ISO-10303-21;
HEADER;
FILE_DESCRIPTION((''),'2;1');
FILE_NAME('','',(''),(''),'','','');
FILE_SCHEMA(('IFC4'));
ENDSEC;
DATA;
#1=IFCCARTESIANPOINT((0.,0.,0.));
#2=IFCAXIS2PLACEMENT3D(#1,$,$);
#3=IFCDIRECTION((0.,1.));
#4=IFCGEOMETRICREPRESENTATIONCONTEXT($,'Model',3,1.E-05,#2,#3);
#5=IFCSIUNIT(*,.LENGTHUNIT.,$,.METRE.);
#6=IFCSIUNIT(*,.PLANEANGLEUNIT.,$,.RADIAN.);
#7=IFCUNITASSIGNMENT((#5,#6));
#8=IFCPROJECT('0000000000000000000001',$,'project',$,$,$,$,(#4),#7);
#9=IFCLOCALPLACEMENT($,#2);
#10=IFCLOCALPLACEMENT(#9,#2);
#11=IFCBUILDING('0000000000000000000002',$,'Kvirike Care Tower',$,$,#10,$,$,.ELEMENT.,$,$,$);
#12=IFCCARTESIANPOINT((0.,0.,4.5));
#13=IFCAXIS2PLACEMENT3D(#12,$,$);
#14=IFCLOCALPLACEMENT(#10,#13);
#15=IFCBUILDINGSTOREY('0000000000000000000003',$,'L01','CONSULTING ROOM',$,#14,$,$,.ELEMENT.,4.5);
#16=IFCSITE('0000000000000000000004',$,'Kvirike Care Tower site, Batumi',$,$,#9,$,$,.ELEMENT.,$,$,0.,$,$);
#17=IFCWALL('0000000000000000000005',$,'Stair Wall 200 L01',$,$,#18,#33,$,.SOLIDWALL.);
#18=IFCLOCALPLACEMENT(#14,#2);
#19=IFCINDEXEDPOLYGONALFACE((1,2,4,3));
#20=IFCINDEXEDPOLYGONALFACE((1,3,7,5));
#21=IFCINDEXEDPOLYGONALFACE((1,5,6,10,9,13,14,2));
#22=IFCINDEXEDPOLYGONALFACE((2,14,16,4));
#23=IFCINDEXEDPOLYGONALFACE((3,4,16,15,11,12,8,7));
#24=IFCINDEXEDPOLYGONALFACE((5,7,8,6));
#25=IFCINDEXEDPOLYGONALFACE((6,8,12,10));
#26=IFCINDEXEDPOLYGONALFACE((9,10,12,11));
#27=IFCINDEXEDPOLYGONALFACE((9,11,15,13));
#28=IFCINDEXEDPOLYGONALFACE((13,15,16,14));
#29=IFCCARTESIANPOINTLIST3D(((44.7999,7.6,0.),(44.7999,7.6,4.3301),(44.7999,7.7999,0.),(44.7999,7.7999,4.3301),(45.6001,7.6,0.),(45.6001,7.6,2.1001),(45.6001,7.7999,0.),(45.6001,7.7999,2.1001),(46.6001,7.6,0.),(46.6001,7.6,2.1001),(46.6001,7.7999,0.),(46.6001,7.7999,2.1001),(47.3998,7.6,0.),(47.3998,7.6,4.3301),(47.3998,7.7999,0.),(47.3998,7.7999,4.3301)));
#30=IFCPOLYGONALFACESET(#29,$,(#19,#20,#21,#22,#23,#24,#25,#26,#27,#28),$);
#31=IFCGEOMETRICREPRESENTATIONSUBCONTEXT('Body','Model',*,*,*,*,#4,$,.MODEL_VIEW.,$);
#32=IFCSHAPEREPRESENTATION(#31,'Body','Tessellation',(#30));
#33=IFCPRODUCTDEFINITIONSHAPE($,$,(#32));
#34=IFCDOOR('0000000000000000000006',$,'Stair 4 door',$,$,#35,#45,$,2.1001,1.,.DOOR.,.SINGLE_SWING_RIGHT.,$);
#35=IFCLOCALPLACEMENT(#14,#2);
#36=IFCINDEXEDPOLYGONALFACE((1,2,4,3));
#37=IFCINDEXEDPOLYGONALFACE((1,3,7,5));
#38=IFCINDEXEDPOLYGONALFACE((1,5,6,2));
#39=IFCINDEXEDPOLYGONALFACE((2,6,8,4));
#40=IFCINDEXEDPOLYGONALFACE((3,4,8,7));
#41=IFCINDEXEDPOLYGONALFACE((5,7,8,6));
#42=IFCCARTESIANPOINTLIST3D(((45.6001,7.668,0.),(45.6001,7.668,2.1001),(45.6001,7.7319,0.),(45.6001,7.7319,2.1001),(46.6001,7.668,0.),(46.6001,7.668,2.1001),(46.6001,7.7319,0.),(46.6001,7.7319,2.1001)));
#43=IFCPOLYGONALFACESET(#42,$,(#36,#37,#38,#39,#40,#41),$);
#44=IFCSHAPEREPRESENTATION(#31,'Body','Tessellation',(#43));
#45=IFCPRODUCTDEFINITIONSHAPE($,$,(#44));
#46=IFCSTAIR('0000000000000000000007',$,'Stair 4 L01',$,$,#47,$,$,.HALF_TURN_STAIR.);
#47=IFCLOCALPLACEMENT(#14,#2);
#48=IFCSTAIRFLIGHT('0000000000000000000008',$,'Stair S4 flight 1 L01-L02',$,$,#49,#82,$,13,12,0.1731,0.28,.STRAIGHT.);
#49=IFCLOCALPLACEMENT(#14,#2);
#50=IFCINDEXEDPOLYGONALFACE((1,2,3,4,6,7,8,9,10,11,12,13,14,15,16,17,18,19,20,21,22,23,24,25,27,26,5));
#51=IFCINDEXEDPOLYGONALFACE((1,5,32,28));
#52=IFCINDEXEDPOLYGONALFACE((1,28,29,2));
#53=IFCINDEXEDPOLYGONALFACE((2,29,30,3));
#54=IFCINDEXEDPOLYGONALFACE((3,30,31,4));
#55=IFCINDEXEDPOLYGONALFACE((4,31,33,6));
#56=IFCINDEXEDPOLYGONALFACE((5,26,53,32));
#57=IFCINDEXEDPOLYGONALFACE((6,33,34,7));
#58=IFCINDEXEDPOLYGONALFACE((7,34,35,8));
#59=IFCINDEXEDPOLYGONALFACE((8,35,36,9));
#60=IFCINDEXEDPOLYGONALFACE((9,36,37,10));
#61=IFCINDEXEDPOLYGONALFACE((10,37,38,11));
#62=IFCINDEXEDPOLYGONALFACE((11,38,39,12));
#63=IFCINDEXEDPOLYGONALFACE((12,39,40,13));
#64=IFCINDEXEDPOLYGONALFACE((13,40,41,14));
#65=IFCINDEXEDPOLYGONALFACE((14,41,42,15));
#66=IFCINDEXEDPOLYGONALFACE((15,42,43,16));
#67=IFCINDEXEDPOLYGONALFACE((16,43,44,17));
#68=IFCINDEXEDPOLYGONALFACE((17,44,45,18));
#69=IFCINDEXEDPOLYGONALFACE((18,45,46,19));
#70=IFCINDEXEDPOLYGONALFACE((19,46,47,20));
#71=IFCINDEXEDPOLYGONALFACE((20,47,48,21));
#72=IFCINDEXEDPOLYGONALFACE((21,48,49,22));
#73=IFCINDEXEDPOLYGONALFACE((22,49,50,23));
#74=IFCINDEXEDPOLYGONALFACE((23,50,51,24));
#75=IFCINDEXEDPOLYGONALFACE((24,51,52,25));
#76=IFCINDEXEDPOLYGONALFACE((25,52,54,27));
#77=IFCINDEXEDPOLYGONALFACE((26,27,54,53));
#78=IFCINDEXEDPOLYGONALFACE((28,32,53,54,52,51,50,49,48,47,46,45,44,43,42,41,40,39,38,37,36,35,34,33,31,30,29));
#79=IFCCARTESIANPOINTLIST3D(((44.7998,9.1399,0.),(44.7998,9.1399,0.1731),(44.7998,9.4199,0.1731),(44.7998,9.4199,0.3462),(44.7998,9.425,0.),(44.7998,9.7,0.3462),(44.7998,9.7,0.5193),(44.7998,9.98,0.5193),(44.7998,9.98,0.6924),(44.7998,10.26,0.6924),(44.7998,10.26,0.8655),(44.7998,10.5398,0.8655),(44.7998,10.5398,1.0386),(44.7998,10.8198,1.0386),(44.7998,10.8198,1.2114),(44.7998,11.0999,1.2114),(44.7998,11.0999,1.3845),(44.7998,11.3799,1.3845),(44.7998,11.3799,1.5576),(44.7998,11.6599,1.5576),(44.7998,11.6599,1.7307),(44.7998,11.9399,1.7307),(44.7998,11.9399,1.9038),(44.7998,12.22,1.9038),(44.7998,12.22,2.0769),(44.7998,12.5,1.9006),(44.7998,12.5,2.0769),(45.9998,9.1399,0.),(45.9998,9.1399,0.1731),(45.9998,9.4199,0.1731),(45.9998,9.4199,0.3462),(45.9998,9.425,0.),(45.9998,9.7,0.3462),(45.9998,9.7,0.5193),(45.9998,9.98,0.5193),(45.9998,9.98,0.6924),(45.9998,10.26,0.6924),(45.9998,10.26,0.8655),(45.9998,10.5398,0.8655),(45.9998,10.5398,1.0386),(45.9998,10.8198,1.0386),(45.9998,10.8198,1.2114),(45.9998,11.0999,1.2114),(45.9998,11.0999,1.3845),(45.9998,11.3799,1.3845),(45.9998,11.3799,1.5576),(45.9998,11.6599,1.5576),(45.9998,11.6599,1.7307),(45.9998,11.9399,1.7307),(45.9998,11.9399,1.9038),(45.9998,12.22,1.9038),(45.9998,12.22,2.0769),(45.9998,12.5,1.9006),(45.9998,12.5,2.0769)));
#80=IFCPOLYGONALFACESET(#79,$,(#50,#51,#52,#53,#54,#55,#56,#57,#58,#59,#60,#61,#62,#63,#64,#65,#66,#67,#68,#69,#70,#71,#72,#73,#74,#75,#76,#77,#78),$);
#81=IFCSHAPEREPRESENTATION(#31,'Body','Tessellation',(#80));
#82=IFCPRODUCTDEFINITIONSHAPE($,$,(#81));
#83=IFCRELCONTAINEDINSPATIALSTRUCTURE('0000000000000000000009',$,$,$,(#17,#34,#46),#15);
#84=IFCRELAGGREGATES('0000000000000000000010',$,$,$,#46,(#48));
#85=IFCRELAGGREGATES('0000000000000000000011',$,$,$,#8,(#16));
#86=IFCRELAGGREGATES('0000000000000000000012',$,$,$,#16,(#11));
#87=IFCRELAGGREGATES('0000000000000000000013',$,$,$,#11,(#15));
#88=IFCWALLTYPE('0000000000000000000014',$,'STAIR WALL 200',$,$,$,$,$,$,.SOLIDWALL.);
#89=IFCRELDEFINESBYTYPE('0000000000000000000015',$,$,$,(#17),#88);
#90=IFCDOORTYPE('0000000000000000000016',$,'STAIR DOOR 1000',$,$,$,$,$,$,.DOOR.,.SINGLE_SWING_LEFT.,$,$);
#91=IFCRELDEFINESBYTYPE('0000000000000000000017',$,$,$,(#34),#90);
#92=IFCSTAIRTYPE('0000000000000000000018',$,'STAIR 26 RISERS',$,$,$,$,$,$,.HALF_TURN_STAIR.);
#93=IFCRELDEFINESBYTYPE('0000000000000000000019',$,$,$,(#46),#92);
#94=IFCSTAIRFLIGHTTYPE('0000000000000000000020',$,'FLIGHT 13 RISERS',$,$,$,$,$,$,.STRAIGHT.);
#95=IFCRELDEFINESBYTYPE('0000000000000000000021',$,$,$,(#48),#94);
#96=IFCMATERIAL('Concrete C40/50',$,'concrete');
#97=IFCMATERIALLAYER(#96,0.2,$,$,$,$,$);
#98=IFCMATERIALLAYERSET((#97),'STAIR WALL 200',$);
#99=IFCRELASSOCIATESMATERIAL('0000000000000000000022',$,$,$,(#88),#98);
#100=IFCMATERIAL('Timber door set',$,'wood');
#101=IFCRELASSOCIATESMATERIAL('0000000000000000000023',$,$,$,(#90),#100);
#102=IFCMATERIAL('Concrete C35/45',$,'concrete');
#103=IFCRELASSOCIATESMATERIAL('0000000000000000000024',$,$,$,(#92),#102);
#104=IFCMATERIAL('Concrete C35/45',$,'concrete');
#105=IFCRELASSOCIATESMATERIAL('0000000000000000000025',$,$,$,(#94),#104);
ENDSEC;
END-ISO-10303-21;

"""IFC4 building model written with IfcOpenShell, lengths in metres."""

from ifc_helpers import new_model, si_unit, direction, frame, frame_2d, origin, place, context, subcontext, project, spatial, polyline, rectangle, outline, extrude, material, layer, layer_set, type_object, element, fill, aggregate, save


model = new_model("IFC4")

# Units and contexts
model_context = context("Model", 3, precision=1e-05, world=origin(), true_north=direction((0.0, 1.0)))
body_context = subcontext(model_context, "Body", "Model", "MODEL_VIEW")
ifc_project = project(units=[si_unit("LENGTHUNIT", "METRE"), si_unit("PLANEANGLEUNIT", "RADIAN")], contexts=[model_context])

# Site, building, storey
site_placement = place(None, origin())
site = spatial("IfcSite", under=ifc_project, at=site_placement, Name="Kvirike Care Tower site, Batumi", CompositionType="ELEMENT", RefElevation=0.0)
building_placement = place(site_placement, origin())
building = spatial("IfcBuilding", under=site, at=building_placement, Name="Kvirike Care Tower", CompositionType="ELEMENT")
storey_placement = place(building_placement, frame((0.0, 0.0, 4.5)))
storey = spatial("IfcBuildingStorey", under=building, at=storey_placement, Name="L01", Description="CONSULTING ROOM", CompositionType="ELEMENT", Elevation=4.5)

# Wall, opening, door
ifc_material_1 = material(Name="Concrete C40/50", Category="concrete")
ifc_layer_1 = layer(ifc_material_1, 0.2)
ifc_layer_set_1 = layer_set([ifc_layer_1], Name="STAIR WALL 200")
wall_type = type_object("IfcWallType", Name="STAIR WALL 200", PredefinedType="SOLIDWALL", material=ifc_layer_set_1)
wall_placement = place(storey_placement, frame((44.8, 7.7, 0.0), z_axis=(0.0, 0.0, 1.0), x_axis=(1.0, 0.0, 0.0)))
wall = element("IfcWall", 1, at=wall_placement, inside=storey, type_object=wall_type, Name="Stair Wall 200 L01", PredefinedType="SOLIDWALL", context=body_context, shape_type="SweptSolid", body=[
    extrude(rectangle(XDim=2.5999, YDim=0.2, at=frame_2d((1.2998, 0.0))), origin(), (0.0, 0.0, 1.0), 4.3301),
])
opening_placement = place(wall_placement, frame((0.8, 0.0, 0.0)))
opening = element("IfcOpeningElement", 2, at=opening_placement, cuts=wall, PredefinedType="OPENING", context=body_context, shape_type="SweptSolid", body=[
    extrude(rectangle(XDim=1.0, YDim=2.1001, at=frame_2d((0.5, 1.05))), frame((0.0, 0.1106, 0.0), z_axis=(0.0, -1.0, 0.0), x_axis=(1.0, 0.0, 0.0)), (0.0, 0.0, 1.0), 0.2209),
])
ifc_material_2 = material(Name="Timber door set", Category="wood")
door_type = type_object("IfcDoorType", Name="STAIR DOOR 1000", OperationType="SINGLE_SWING_LEFT", PredefinedType="DOOR", material=ifc_material_2)
door_placement = place(opening_placement, origin())
door = element("IfcDoor", 3, at=door_placement, inside=storey, type_object=door_type, Name="Stair 4 door", OperationType="SINGLE_SWING_RIGHT", OverallHeight=2.1001, OverallWidth=1.0, PredefinedType="DOOR", context=body_context, shape_type="SweptSolid", body=[
    extrude(rectangle(XDim=1.0, YDim=2.1001, at=frame_2d((0.5, 1.05))), frame((0.0, 0.032, 0.0), z_axis=(0.0, -1.0, 0.0), x_axis=(1.0, 0.0, 0.0)), (0.0, 0.0, 1.0), 0.064),
])
fill(opening, door)

# Stair, stair flight
ifc_material_3 = material(Name="Concrete C35/45", Category="concrete")
stair_type = type_object("IfcStairType", Name="STAIR 26 RISERS", PredefinedType="HALF_TURN_STAIR", material=ifc_material_3)
stair_placement = place(storey_placement, origin())
stair = element("IfcStair", 4, at=stair_placement, inside=storey, type_object=stair_type, Name="Stair 4 L01", PredefinedType="HALF_TURN_STAIR")
ifc_material_4 = material(Name="Concrete C35/45", Category="concrete")
stair_flight_type = type_object("IfcStairFlightType", Name="FLIGHT 13 RISERS", PredefinedType="STRAIGHT", material=ifc_material_4)
stair_flight_placement = place(storey_placement, frame((45.3999, 9.1399, 0.0), z_axis=(0.0, 0.0, 1.0), x_axis=(0.0, 1.0, 0.0)))
stair_flight = element("IfcStairFlight", 5, at=stair_flight_placement, type_object=stair_flight_type, Name="Stair S4 flight 1 L01-L02", NumberOfRisers=13, NumberOfTreads=12, PredefinedType="STRAIGHT", RiserHeight=0.1731, TreadLength=0.28, context=body_context, shape_type="SweptSolid", body=[
    extrude(outline(polyline([(0.0, 0.0), (0.0, 0.1731), (0.28, 0.1731), (0.28, 0.3462), (0.5601, 0.3462), (0.5601, 0.5193), (0.8401, 0.5193), (0.8401, 0.6924), (1.1201, 0.6924), (1.1201, 0.8655), (1.3999, 0.8655), (1.3999, 1.0386), (1.6799, 1.0386), (1.6799, 1.2114), (1.96, 1.2114), (1.96, 1.3845), (2.24, 1.3845), (2.24, 1.5576), (2.52, 1.5576), (2.52, 1.7307), (2.8, 1.7307), (2.8, 1.9038), (3.0801, 1.9038), (3.0801, 2.0769), (3.3601, 2.0769), (3.3601, 2.25), (3.3601, 1.9006), (0.2852, 0.0), (0.0, 0.0)])), frame((0.0, 0.6001, 0.0), z_axis=(0.0, -1.0, 0.0), x_axis=(1.0, 0.0, 0.0)), (0.0, 0.0, 1.0), 1.2),
])
aggregate(stair, [stair_flight])

save(model, "model.ifc")
